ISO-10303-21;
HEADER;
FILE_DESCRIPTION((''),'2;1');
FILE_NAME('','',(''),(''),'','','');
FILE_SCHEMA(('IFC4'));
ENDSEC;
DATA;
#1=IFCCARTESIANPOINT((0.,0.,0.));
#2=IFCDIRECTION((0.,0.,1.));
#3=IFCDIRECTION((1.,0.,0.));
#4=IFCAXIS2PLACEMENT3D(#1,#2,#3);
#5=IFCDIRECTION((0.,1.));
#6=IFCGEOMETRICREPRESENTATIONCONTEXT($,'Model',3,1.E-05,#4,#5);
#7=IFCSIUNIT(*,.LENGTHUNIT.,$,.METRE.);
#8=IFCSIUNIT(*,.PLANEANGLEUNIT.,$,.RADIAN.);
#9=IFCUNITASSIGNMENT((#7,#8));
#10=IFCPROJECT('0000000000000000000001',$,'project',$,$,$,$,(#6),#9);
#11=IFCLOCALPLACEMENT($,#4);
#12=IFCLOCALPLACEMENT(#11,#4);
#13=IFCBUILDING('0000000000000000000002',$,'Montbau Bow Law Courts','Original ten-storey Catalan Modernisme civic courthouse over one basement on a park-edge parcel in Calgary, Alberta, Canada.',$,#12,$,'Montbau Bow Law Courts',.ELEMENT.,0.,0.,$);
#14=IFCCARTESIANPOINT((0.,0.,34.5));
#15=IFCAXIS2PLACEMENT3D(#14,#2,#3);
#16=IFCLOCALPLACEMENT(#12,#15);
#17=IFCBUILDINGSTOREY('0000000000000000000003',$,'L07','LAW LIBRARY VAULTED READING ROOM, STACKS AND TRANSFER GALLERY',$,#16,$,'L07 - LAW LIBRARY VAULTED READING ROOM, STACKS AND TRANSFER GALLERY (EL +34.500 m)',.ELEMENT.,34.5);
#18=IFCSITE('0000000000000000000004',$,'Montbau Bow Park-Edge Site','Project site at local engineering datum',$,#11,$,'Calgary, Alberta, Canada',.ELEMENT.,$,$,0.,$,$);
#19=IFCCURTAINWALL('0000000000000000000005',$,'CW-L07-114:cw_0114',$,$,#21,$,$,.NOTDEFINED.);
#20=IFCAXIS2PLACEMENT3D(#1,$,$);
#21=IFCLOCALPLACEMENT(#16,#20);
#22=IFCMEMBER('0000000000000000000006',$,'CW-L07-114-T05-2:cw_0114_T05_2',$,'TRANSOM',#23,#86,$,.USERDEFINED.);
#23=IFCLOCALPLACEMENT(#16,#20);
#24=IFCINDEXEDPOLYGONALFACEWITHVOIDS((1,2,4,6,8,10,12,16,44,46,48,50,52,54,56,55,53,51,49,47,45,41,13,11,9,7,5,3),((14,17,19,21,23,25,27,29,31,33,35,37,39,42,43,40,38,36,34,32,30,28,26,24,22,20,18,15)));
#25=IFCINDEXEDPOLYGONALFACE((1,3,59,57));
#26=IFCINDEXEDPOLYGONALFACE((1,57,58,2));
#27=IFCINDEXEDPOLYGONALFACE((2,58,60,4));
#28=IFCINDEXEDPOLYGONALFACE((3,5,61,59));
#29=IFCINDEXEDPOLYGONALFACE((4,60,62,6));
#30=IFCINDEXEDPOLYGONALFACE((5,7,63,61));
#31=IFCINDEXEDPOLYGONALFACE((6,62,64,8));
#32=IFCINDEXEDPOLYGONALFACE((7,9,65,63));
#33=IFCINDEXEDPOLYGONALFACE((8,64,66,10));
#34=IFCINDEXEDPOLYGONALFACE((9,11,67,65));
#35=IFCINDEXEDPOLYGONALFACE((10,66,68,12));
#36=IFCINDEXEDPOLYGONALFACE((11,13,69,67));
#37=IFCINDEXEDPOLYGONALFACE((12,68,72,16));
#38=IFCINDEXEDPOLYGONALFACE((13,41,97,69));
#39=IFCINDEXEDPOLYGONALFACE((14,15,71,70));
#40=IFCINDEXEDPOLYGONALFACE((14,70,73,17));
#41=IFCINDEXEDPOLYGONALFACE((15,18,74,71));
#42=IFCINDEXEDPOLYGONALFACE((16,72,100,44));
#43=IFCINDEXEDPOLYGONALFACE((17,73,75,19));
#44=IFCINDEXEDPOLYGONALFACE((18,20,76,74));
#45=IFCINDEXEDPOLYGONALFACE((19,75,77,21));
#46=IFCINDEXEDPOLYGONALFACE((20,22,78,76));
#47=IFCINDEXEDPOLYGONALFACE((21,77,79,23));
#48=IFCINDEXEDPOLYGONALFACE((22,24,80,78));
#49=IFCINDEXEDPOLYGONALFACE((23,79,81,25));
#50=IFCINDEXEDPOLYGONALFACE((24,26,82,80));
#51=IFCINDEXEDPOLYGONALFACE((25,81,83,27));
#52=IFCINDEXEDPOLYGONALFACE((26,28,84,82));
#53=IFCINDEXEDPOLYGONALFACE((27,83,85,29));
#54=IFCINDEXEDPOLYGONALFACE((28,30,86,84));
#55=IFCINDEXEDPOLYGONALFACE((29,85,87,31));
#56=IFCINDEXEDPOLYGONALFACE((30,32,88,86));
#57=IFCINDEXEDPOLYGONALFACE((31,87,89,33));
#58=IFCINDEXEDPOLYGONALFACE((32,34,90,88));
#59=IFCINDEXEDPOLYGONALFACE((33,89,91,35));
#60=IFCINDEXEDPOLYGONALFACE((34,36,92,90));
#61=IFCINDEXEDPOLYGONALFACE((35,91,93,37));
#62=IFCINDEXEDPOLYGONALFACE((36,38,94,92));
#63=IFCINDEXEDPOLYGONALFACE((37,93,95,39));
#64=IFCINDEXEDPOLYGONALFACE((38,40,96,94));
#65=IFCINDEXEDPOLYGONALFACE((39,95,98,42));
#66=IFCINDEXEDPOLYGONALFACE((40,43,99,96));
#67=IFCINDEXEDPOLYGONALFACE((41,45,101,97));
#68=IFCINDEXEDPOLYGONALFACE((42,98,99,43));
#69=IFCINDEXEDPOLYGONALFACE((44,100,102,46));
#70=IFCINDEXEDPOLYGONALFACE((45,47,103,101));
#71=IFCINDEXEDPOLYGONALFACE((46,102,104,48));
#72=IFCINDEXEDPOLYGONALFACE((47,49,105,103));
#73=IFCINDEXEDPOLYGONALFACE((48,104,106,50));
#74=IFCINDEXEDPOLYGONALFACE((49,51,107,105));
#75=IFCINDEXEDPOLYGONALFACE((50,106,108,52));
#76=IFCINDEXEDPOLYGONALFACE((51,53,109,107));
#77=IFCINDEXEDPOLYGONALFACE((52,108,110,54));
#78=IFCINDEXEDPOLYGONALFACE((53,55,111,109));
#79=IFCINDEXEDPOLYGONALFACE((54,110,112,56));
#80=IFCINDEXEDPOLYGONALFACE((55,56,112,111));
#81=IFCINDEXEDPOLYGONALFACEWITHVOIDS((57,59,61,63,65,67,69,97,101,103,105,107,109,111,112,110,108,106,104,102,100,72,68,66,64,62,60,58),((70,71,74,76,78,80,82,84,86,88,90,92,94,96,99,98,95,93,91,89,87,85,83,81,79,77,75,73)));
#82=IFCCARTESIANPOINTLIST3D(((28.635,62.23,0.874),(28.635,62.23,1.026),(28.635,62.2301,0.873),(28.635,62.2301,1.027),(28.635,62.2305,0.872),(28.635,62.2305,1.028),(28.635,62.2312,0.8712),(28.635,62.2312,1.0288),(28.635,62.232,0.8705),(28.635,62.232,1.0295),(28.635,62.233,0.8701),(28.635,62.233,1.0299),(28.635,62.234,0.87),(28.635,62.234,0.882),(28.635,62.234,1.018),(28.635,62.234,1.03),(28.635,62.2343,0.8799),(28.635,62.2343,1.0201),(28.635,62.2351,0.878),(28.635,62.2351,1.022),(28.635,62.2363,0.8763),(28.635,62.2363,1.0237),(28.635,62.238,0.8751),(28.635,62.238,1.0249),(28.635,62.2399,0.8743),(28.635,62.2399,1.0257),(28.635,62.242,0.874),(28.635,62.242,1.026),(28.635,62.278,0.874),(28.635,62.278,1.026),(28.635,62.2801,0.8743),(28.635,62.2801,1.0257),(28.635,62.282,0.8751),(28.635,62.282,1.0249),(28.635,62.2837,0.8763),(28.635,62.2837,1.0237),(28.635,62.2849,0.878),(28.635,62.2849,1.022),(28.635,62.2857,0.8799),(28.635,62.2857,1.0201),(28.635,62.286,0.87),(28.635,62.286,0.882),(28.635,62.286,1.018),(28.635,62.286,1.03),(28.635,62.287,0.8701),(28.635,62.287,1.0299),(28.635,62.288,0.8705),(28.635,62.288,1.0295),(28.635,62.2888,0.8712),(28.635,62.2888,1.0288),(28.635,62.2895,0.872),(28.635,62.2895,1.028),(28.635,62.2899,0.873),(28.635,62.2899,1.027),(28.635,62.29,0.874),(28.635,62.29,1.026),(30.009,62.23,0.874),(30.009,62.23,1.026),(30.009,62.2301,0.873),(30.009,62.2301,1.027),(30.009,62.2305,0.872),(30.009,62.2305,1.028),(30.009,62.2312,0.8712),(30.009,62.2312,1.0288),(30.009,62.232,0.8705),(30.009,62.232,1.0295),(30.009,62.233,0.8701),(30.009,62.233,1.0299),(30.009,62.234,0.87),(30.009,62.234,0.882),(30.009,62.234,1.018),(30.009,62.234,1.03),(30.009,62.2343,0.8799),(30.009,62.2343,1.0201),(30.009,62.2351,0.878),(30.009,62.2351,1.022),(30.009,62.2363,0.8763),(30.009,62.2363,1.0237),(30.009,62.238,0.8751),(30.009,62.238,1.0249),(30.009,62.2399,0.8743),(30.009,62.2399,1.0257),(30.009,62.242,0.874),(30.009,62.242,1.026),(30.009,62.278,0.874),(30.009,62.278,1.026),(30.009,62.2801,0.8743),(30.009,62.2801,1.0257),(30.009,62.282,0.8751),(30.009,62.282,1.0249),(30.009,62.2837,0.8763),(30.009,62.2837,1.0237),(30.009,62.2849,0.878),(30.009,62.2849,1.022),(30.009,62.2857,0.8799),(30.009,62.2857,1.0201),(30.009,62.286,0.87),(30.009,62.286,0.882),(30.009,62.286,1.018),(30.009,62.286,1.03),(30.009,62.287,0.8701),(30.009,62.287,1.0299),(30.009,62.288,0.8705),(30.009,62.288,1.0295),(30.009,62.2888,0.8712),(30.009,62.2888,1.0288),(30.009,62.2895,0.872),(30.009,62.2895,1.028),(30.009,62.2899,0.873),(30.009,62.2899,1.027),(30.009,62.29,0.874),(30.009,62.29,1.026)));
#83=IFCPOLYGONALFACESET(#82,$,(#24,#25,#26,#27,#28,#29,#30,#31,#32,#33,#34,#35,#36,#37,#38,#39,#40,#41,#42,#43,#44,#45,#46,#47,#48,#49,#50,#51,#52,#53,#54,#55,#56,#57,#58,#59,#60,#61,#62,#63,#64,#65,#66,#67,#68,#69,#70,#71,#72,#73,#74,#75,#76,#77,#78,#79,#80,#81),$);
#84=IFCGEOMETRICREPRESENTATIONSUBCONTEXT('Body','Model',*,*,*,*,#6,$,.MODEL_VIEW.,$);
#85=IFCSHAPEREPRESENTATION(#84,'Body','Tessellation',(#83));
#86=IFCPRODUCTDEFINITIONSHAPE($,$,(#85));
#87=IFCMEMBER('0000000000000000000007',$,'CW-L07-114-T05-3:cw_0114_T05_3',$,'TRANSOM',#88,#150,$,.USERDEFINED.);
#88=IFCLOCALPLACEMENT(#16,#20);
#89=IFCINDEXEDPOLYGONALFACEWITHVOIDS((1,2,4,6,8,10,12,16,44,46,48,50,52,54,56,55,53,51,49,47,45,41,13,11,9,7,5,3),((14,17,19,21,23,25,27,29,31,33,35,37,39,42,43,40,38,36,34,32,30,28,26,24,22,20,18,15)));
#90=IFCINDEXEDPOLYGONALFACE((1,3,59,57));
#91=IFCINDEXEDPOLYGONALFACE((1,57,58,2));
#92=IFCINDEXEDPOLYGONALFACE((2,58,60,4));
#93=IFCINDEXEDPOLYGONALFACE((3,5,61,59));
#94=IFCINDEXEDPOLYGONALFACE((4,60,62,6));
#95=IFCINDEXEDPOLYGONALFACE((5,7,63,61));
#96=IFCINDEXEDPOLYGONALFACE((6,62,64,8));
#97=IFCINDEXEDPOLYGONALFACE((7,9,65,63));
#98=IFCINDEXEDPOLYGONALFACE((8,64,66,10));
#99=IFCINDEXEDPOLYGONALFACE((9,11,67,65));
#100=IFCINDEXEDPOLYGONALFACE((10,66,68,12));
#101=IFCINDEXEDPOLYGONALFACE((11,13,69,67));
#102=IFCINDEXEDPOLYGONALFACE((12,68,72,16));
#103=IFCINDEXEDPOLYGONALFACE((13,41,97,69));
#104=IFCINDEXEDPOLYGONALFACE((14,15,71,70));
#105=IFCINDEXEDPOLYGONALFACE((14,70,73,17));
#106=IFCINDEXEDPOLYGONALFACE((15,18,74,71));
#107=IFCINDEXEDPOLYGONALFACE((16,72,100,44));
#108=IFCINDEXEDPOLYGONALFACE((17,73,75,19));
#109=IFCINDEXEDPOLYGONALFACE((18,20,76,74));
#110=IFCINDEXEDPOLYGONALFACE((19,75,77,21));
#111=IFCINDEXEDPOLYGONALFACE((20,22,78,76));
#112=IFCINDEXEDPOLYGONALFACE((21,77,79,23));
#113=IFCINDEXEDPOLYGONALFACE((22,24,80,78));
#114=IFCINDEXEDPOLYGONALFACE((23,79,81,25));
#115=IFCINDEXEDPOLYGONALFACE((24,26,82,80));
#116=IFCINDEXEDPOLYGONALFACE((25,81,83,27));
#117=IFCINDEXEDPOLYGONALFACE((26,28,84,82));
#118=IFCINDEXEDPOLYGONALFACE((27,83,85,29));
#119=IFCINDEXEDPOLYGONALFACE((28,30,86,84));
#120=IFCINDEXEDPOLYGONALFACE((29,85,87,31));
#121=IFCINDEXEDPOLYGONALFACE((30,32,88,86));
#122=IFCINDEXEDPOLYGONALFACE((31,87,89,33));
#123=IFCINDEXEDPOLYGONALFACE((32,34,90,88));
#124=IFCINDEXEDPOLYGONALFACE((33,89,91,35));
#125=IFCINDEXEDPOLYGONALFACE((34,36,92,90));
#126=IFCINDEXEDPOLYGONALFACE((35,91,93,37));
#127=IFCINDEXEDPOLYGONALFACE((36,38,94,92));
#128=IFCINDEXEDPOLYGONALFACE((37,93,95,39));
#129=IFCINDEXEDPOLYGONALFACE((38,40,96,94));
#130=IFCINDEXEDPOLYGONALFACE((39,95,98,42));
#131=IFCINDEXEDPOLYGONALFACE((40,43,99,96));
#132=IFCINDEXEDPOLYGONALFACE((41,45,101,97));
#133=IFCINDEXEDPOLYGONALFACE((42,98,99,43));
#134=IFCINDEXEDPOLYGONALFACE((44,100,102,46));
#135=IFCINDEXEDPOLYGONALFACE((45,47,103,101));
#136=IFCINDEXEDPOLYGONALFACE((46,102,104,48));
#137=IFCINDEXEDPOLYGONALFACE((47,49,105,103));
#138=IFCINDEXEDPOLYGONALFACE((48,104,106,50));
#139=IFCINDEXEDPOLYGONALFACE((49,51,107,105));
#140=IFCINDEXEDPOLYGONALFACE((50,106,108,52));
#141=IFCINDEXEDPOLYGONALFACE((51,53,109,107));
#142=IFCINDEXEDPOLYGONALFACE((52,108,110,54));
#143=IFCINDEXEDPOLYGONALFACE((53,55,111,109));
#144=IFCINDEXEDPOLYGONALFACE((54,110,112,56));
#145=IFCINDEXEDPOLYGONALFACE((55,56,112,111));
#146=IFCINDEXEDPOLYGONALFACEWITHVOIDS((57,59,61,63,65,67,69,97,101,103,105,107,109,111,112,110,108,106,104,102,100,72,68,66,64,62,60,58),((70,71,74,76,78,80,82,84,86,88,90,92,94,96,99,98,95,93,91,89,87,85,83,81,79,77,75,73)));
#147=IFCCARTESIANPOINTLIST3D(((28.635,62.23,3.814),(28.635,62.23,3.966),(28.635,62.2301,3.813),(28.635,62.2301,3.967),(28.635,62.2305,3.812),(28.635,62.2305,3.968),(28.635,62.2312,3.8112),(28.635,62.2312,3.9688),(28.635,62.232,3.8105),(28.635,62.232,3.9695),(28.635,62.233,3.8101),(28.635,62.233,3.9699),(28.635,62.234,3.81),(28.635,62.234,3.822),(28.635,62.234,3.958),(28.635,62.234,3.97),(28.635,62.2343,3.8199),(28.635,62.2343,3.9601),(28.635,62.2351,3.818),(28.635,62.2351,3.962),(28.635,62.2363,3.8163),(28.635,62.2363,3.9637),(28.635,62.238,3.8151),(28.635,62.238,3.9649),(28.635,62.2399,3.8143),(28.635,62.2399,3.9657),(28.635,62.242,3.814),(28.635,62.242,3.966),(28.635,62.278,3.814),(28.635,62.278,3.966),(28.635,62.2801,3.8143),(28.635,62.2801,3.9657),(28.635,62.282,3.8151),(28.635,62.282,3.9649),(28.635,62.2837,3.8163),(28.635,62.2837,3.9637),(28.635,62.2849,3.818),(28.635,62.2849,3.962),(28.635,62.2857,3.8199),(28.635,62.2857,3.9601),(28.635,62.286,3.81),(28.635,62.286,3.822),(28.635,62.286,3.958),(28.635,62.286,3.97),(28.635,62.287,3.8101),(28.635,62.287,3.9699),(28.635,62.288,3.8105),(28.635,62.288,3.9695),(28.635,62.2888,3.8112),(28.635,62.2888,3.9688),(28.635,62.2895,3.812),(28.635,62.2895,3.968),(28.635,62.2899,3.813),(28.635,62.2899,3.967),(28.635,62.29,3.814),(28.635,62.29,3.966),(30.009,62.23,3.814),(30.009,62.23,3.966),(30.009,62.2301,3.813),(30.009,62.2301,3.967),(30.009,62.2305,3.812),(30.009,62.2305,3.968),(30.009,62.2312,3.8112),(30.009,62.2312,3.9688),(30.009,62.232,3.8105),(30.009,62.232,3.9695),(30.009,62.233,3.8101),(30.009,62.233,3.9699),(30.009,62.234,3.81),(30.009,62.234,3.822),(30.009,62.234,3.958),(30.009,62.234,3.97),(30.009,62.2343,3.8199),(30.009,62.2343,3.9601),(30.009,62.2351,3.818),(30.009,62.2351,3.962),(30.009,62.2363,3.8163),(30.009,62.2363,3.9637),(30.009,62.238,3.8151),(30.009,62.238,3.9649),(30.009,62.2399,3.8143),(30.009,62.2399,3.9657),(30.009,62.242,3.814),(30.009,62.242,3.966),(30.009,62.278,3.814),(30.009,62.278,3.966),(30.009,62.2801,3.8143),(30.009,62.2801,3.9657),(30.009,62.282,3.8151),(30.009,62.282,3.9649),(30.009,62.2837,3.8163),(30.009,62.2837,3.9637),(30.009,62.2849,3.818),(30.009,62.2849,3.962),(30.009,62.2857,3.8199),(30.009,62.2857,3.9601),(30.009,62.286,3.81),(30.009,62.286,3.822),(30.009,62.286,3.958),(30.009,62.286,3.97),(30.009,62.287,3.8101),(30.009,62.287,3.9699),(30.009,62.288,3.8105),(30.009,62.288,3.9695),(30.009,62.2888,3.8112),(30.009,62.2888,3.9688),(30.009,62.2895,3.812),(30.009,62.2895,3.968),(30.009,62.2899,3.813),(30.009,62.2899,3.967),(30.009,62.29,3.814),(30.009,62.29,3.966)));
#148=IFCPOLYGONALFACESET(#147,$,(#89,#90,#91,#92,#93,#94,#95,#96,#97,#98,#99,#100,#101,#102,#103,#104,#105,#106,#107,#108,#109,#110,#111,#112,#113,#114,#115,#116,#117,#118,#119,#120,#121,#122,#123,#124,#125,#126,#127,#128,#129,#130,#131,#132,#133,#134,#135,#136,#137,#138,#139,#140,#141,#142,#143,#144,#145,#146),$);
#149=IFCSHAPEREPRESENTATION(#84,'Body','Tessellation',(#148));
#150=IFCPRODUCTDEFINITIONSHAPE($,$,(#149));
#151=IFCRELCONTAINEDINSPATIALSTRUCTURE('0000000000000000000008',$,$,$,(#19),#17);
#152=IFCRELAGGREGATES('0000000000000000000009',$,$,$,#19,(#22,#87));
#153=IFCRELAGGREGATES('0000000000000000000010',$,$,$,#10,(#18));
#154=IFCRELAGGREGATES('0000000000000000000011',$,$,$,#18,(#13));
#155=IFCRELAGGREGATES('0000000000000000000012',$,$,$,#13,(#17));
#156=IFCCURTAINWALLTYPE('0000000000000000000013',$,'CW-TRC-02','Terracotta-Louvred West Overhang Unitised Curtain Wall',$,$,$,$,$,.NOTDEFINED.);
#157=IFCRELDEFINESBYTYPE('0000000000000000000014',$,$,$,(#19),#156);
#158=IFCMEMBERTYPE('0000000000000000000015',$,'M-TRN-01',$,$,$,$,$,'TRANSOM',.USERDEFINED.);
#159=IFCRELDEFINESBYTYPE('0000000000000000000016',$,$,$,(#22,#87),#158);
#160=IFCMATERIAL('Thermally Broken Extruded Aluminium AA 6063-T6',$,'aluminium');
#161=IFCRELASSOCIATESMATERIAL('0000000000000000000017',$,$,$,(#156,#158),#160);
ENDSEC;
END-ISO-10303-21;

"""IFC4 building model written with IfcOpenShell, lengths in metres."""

from ifc_helpers import new_model, si_unit, direction, frame, origin_with_axes, origin_2d_with_axis, place, context, subcontext, project, spatial, hollow_rectangle, extrude, material, material_profile, profile_set, type_object, element, aggregate, save


model = new_model("IFC4")

# Units and contexts
model_context = context("Model", 3, precision=1e-05, world=origin_with_axes(), true_north=direction((0.0, 1.0)))
body_context = subcontext(model_context, "Body", "Model", "MODEL_VIEW")
ifc_project = project(units=[si_unit("LENGTHUNIT", "METRE"), si_unit("PLANEANGLEUNIT", "RADIAN")], contexts=[model_context])

# Site, building, storey
site_placement = place(None, origin_with_axes())
site = spatial("IfcSite", under=ifc_project, at=site_placement, Name="Montbau Bow Park-Edge Site", Description="Project site at local engineering datum", LongName="Calgary, Alberta, Canada", CompositionType="ELEMENT", RefElevation=0.0)
building_placement = place(site_placement, origin_with_axes())
building = spatial("IfcBuilding", under=site, at=building_placement, Name="Montbau Bow Law Courts", Description="Original ten-storey Catalan Modernisme civic courthouse over one basement on a park-edge parcel in Calgary, Alberta, Canada.", LongName="Montbau Bow Law Courts", CompositionType="ELEMENT", ElevationOfRefHeight=0.0, ElevationOfTerrain=0.0)
storey_placement = place(building_placement, frame((0.0, 0.0, 34.5), z_axis=(0.0, 0.0, 1.0), x_axis=(1.0, 0.0, 0.0)))
storey = spatial("IfcBuildingStorey", under=building, at=storey_placement, Name="L07", Description="LAW LIBRARY VAULTED READING ROOM, STACKS AND TRANSFER GALLERY", LongName="L07 - LAW LIBRARY VAULTED READING ROOM, STACKS AND TRANSFER GALLERY (EL +34.500 m)", CompositionType="ELEMENT", Elevation=34.5)

# Curtain wall
ifc_material_1 = material(Name="Thermally Broken Extruded Aluminium AA 6063-T6", Category="aluminium")
curtain_wall_type = type_object("IfcCurtainWallType", Name="CW-TRC-02", Description="Terracotta-Louvred West Overhang Unitised Curtain Wall", PredefinedType="NOTDEFINED", material=ifc_material_1)
curtain_wall_1_placement = place(None, frame((22.64, 62.26, 34.5), z_axis=(0.0, 0.0, 1.0), x_axis=(1.0, 0.0, 0.0)))
curtain_wall_1 = element("IfcCurtainWall", 1, at=curtain_wall_1_placement, inside=storey, type_object=curtain_wall_type, Name="CW-L07-114:cw_0114", PredefinedType="NOTDEFINED")

# Members
ifc_material_profile_1 = material_profile(ifc_material_1, hollow_rectangle(XDim=0.06, YDim=0.16, WallThickness=0.004, InnerFilletRadius=0.008, OuterFilletRadius=0.004, at=origin_2d_with_axis()), Name="CWT-160X60", Category="Main", Priority=0)
ifc_profile_set_1 = profile_set([ifc_material_profile_1], Name="Thermally Broken Extruded Aluminium AA 6063-T6")
member_type_1 = type_object("IfcMemberType", Name="M-TRN-01", ElementType="TRANSOM", PredefinedType="USERDEFINED", material=ifc_profile_set_1)
member_1_placement = place(None, frame((28.635, 62.26, 35.45), z_axis=(1.0, 0.0, 0.0), x_axis=(0.0, 1.0, 0.0)))
member_1 = element("IfcMember", 2, at=member_1_placement, type_object=member_type_1, Name="CW-L07-114-T05-2:cw_0114_T05_2", ObjectType="TRANSOM", PredefinedType="USERDEFINED", context=body_context, shape_type="SweptSolid", body=[
    extrude(hollow_rectangle(XDim=0.06, YDim=0.16, WallThickness=0.004, InnerFilletRadius=0.008, OuterFilletRadius=0.004, at=origin_2d_with_axis()), origin_with_axes(), (0.0, 0.0, 1.0), 1.374),
])
member_2_placement = place(None, frame((28.635, 62.26, 38.39), z_axis=(1.0, 0.0, 0.0), x_axis=(0.0, 1.0, 0.0)))
member_2 = element("IfcMember", 3, at=member_2_placement, type_object=member_type_1, Name="CW-L07-114-T05-3:cw_0114_T05_3", ObjectType="TRANSOM", PredefinedType="USERDEFINED", context=body_context, shape_type="SweptSolid", body=[
    extrude(hollow_rectangle(XDim=0.06, YDim=0.16, WallThickness=0.004, InnerFilletRadius=0.008, OuterFilletRadius=0.004, at=origin_2d_with_axis()), origin_with_axes(), (0.0, 0.0, 1.0), 1.374),
])

aggregate(curtain_wall_1, [member_1, member_2])

save(model, "model.ifc")
